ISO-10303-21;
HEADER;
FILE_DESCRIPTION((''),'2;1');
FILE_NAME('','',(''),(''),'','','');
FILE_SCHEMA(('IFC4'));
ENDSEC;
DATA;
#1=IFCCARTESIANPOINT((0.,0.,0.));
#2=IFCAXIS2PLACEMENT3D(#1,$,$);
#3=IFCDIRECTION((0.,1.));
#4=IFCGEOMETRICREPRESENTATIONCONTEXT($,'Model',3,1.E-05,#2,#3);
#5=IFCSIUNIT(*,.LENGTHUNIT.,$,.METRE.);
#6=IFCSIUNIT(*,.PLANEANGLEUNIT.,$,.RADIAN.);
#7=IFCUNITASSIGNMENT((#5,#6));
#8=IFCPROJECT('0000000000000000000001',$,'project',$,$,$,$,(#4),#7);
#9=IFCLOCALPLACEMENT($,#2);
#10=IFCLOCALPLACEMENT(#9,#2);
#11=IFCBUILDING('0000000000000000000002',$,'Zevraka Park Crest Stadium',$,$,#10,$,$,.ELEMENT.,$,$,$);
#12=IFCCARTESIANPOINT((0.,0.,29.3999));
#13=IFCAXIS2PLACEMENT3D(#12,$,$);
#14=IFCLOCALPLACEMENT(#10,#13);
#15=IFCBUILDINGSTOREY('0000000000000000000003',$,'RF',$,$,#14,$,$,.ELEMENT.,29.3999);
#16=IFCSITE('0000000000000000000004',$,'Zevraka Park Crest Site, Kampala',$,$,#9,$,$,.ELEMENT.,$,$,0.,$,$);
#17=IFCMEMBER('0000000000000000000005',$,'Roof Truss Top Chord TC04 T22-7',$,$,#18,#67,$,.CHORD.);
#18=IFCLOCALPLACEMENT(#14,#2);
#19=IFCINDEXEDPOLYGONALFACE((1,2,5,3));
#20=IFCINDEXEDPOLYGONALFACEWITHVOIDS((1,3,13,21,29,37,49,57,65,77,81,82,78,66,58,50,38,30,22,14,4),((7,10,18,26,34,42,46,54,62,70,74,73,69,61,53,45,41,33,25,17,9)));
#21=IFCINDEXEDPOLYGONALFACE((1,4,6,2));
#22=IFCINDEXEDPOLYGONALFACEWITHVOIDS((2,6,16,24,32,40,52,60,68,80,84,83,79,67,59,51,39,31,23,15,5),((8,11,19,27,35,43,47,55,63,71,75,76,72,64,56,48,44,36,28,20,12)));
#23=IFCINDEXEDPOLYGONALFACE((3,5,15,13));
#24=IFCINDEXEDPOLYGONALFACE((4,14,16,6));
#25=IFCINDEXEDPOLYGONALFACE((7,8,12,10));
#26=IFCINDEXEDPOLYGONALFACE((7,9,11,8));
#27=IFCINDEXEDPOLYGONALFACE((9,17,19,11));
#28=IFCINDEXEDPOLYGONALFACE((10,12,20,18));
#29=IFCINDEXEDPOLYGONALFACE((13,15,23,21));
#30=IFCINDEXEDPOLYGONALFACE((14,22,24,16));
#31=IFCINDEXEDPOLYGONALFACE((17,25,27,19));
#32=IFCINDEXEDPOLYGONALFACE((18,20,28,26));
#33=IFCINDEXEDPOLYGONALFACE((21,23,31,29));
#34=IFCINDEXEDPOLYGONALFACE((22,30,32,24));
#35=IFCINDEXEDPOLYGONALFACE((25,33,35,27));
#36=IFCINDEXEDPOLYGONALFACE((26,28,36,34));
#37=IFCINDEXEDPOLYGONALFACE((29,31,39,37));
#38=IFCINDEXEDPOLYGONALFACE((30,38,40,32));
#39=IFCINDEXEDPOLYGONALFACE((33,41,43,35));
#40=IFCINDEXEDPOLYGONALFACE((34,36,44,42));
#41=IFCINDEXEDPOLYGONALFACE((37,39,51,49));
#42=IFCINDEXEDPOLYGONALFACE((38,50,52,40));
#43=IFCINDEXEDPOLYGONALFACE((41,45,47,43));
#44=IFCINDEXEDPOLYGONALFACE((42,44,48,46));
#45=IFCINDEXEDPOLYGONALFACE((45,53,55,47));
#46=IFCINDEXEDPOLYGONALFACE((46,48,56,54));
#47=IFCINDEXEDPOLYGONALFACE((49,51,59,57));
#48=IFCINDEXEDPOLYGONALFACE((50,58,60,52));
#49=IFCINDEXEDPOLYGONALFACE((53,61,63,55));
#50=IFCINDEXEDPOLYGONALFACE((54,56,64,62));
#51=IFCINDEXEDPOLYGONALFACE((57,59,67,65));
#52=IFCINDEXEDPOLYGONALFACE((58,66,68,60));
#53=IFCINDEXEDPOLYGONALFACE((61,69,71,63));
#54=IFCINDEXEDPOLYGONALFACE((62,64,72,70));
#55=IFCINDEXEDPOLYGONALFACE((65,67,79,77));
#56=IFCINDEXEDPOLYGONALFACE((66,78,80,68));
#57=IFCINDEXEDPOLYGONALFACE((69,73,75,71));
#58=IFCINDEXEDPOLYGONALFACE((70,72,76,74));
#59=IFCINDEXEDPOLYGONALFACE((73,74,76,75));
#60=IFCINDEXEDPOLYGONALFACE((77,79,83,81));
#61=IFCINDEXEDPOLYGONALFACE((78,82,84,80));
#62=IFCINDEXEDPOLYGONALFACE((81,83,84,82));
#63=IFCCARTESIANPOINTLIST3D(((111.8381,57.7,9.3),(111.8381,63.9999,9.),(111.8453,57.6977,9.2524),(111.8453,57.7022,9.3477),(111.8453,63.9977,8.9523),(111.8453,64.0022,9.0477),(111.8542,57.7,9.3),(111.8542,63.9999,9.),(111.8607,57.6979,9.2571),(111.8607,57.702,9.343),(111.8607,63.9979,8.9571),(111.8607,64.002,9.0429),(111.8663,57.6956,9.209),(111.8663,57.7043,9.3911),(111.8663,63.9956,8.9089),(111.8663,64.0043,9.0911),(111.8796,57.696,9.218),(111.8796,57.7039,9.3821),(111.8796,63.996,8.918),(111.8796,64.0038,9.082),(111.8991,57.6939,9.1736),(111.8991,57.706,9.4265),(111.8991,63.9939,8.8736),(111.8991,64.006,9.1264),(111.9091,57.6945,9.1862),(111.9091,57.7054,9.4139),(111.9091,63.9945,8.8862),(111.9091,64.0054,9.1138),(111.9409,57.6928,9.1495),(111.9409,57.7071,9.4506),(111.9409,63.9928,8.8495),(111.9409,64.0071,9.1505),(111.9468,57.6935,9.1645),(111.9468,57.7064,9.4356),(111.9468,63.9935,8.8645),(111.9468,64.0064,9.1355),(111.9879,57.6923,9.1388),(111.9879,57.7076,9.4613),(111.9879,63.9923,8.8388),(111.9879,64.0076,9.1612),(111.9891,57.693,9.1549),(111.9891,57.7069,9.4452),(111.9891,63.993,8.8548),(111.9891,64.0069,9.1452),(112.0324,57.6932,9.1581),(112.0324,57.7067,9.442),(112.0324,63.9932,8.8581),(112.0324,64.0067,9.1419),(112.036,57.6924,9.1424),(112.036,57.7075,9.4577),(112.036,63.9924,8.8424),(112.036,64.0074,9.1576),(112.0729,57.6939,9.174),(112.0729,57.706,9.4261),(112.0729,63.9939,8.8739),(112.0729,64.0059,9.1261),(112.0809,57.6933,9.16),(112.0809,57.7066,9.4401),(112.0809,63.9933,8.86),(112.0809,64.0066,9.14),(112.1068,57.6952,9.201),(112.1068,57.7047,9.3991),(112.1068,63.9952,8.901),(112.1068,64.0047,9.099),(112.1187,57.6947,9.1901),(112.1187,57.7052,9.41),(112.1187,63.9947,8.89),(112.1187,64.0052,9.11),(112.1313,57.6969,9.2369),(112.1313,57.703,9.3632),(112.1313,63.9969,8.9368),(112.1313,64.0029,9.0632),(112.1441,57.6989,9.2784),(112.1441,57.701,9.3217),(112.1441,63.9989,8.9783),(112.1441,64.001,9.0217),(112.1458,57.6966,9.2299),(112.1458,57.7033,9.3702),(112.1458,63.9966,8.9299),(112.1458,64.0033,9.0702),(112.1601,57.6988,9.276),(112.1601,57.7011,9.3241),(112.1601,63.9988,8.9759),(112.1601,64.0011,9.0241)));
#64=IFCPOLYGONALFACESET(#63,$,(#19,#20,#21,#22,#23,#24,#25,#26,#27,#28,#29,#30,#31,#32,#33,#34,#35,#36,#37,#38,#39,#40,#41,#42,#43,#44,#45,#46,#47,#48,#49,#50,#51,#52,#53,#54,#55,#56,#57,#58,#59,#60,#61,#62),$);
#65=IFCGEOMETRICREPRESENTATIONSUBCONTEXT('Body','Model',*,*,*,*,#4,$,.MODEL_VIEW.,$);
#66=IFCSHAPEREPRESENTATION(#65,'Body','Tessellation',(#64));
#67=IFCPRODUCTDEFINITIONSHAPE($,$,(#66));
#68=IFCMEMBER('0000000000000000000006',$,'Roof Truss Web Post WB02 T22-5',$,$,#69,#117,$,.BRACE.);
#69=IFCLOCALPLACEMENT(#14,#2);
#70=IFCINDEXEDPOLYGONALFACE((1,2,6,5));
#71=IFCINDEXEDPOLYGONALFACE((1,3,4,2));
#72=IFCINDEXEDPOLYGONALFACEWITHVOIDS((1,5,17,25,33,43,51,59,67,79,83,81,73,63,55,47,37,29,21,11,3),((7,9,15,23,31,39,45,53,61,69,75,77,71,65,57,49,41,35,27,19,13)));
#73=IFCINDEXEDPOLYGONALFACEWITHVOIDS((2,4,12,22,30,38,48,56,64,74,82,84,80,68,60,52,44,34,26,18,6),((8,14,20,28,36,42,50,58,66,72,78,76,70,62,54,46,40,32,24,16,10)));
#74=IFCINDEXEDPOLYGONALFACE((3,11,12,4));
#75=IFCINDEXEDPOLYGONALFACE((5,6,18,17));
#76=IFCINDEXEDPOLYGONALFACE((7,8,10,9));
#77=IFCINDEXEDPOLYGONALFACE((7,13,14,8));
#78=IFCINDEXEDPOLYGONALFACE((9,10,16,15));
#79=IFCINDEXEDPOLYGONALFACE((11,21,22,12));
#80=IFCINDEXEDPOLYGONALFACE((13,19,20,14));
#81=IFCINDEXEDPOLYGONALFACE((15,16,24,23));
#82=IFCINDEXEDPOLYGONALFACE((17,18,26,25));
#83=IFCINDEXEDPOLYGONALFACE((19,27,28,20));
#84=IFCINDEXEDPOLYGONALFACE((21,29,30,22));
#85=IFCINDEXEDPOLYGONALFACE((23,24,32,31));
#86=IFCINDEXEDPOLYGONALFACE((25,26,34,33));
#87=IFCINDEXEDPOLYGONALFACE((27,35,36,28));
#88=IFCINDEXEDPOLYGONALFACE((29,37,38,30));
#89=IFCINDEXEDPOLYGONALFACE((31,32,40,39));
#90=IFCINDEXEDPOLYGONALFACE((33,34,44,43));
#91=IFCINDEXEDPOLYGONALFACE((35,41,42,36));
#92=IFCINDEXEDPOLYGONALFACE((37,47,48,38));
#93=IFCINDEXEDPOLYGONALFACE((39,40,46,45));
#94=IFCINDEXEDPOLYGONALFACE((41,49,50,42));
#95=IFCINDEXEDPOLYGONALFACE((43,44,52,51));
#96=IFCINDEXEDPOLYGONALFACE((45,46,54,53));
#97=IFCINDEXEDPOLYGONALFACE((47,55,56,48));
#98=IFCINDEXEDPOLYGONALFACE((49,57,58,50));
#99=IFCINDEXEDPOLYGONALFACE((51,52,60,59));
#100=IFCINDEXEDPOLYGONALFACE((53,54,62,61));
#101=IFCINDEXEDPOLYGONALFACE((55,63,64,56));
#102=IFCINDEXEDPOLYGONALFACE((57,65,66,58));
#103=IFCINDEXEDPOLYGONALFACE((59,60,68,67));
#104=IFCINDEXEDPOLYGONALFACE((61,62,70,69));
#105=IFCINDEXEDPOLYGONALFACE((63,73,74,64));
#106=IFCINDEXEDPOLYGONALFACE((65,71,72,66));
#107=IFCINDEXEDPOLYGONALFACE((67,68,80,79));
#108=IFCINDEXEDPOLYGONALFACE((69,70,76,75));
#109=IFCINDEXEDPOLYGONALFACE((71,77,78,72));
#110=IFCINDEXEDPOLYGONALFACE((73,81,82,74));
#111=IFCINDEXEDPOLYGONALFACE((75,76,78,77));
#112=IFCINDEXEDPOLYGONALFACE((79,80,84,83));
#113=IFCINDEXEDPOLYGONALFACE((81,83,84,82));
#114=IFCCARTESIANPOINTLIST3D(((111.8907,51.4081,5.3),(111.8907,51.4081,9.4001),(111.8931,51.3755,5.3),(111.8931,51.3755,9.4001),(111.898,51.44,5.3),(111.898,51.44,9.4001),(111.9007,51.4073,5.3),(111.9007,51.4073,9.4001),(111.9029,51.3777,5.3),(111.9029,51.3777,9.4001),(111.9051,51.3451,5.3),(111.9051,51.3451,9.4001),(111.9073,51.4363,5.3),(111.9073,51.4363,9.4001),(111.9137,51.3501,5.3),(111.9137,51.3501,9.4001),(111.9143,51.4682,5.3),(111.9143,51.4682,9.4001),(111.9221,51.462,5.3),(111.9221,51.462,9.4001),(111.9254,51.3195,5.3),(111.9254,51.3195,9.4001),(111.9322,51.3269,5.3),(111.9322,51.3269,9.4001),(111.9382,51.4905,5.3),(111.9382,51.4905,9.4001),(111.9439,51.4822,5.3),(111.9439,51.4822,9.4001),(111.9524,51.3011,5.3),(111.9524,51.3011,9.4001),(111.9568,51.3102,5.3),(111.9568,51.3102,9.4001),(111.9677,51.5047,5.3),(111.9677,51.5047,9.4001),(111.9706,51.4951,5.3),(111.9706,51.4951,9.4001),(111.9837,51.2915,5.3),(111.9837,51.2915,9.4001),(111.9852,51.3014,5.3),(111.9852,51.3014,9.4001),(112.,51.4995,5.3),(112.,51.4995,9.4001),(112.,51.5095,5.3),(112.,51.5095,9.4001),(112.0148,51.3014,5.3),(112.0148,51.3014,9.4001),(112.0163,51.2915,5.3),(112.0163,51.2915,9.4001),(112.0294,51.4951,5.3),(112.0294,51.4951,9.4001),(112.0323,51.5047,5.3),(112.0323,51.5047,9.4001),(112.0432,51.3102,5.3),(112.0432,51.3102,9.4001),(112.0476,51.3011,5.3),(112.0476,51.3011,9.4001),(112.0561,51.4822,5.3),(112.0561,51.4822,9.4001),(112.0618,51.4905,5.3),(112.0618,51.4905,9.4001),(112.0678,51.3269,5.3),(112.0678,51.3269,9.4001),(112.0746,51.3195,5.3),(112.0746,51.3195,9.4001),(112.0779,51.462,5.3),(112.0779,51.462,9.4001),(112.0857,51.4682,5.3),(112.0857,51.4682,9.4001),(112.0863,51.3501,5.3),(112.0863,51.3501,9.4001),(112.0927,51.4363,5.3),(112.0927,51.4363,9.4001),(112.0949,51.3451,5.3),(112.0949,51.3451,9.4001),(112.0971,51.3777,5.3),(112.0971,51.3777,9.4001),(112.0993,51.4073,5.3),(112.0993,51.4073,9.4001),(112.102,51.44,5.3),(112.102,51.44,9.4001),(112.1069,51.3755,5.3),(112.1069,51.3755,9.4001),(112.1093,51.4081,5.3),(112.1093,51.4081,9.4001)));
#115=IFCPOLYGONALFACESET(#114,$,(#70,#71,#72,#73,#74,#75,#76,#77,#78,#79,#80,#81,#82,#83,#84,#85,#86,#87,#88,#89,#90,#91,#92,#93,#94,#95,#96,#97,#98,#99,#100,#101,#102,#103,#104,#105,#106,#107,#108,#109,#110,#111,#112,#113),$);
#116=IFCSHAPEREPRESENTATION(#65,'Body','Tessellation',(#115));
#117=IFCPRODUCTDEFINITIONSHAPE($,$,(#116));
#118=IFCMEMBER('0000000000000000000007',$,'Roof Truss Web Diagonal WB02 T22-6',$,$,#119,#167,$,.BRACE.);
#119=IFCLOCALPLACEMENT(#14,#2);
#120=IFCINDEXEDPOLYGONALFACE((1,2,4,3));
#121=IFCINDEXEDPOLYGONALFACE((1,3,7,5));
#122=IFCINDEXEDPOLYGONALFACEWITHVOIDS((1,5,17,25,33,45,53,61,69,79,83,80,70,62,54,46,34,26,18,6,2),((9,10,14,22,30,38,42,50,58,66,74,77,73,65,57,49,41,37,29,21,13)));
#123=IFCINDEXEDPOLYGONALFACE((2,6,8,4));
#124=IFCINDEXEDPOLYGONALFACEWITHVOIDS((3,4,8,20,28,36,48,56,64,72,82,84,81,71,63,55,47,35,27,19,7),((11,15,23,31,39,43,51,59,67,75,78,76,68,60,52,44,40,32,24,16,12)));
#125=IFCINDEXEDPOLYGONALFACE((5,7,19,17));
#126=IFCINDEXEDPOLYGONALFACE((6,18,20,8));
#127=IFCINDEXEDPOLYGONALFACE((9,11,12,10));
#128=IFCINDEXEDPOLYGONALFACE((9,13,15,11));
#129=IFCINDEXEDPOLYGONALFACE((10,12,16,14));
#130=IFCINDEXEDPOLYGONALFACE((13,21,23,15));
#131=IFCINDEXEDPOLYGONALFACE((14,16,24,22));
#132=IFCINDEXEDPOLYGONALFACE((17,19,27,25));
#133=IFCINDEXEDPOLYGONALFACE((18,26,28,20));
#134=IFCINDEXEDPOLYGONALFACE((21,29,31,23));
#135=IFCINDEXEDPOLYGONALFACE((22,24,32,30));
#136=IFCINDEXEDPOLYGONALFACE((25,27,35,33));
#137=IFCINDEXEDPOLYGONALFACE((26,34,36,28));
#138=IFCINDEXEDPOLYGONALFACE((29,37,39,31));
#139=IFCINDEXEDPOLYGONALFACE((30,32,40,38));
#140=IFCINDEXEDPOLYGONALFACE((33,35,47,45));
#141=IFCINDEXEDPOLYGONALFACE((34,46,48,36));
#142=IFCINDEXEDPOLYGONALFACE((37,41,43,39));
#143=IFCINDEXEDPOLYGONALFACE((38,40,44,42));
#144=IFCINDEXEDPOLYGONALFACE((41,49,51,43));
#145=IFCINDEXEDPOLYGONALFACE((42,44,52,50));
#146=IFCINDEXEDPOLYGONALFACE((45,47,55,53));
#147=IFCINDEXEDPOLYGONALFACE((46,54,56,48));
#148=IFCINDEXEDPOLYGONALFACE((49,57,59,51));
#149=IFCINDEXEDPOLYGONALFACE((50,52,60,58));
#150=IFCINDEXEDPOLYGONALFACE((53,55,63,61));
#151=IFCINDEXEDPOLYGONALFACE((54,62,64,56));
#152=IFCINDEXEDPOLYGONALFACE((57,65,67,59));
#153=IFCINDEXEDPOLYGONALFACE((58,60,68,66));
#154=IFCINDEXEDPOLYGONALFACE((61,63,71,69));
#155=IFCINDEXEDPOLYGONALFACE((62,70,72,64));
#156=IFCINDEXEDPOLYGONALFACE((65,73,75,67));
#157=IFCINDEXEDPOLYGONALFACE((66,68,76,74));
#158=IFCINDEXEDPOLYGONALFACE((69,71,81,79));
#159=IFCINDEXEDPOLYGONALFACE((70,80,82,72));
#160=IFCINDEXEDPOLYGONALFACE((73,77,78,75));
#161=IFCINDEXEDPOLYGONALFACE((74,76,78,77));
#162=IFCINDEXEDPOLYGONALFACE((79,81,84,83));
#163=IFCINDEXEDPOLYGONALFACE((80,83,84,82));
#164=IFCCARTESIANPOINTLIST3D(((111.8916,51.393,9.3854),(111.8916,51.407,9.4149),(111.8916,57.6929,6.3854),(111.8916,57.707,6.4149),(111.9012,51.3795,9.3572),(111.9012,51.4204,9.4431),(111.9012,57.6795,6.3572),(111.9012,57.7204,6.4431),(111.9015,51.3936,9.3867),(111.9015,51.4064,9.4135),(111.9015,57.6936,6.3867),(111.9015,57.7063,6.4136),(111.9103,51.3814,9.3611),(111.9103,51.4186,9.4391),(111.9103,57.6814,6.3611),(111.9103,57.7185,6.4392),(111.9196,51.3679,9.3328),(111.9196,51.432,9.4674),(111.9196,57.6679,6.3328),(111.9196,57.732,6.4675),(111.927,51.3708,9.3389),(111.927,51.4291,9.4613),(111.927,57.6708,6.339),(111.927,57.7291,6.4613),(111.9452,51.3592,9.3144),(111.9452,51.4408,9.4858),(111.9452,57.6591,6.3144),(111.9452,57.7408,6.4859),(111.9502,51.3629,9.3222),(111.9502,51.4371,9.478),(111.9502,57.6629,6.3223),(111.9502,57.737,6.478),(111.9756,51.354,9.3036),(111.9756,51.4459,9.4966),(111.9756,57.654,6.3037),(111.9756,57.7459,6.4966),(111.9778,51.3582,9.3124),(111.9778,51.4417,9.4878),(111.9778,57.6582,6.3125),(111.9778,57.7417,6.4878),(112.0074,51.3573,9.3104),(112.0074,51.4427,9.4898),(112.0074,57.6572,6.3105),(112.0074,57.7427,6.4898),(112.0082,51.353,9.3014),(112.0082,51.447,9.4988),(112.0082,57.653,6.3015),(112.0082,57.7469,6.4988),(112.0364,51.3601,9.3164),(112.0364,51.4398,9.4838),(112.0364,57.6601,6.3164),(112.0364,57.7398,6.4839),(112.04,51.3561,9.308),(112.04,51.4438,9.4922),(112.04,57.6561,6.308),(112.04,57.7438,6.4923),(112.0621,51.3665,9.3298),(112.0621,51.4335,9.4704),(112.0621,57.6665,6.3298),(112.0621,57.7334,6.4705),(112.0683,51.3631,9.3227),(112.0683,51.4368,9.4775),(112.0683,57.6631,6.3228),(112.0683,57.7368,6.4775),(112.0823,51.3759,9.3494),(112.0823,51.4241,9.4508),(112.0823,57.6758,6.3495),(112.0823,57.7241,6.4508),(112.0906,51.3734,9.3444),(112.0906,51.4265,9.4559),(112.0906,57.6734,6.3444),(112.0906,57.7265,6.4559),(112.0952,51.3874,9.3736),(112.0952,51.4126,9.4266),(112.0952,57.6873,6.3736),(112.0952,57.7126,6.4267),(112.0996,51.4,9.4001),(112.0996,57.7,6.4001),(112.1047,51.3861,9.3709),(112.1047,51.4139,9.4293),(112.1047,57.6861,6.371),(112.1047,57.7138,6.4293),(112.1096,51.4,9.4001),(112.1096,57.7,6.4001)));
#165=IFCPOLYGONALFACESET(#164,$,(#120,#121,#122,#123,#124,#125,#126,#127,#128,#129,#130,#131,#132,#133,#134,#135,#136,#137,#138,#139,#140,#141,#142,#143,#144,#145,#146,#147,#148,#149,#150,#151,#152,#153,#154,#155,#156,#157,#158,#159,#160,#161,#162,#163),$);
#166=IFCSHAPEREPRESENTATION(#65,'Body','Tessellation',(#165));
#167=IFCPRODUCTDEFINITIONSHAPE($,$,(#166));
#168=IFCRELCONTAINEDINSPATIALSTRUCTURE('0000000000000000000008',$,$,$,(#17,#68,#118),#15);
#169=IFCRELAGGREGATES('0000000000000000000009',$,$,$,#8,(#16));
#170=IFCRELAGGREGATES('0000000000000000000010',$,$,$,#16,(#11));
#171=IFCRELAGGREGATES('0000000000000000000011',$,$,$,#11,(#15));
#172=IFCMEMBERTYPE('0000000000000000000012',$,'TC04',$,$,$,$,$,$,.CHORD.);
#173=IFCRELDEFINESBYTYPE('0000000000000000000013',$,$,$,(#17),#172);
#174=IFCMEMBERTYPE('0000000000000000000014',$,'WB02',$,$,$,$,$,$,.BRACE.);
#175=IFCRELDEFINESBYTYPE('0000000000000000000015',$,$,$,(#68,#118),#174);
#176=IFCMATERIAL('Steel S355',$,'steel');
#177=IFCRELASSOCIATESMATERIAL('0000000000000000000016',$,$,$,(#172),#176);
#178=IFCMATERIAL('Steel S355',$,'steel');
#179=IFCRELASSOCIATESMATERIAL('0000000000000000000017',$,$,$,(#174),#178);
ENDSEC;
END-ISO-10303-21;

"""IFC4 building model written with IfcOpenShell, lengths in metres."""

from ifc_helpers import new_model, si_unit, direction, frame, origin, origin_2d, place, context, subcontext, project, spatial, hollow_circle, extrude, material, material_profile, profile_set, type_object, element, save


model = new_model("IFC4")

# Units and contexts
model_context = context("Model", 3, precision=1e-05, world=origin(), true_north=direction((0.0, 1.0)))
body_context = subcontext(model_context, "Body", "Model", "MODEL_VIEW")
ifc_project = project(units=[si_unit("LENGTHUNIT", "METRE"), si_unit("PLANEANGLEUNIT", "RADIAN")], contexts=[model_context])

# Site, building, storey
site_placement = place(None, origin())
site = spatial("IfcSite", under=ifc_project, at=site_placement, Name="Zevraka Park Crest Site, Kampala", CompositionType="ELEMENT", RefElevation=0.0)
building_placement = place(site_placement, origin())
building = spatial("IfcBuilding", under=site, at=building_placement, Name="Zevraka Park Crest Stadium", CompositionType="ELEMENT")
storey_placement = place(building_placement, frame((0.0, 0.0, 29.3999)))
storey = spatial("IfcBuildingStorey", under=building, at=storey_placement, Name="RF", CompositionType="ELEMENT", Elevation=29.3999)

# Members
ifc_material_1 = material(Name="Steel S355", Category="steel")
ifc_material_profile_1 = material_profile(ifc_material_1, hollow_circle(Radius=0.1619, WallThickness=0.0161, at=origin_2d()), Name="CHS 323.9x16")
ifc_profile_set_1 = profile_set([ifc_material_profile_1], Name="Steel S355")
member_type_1 = type_object("IfcMemberType", Name="TC04", PredefinedType="CHORD", material=ifc_profile_set_1)
member_1_placement = place(storey_placement, frame((112.0, 57.7, 9.3), z_axis=(0.0, 0.998868, -0.047573), x_axis=(-1.0, 0.0, 0.0)))
element("IfcMember", 1, at=member_1_placement, inside=storey, type_object=member_type_1, Name="Roof Truss Top Chord TC04 T22-7", PredefinedType="CHORD", context=body_context, shape_type="SweptSolid", body=[
    extrude(hollow_circle(Radius=0.1619, WallThickness=0.0161, at=origin_2d()), origin(), (0.0, 0.0, 1.0), 6.3071),
])
ifc_material_2 = material(Name="Steel S355", Category="steel")
ifc_material_profile_2 = material_profile(ifc_material_2, hollow_circle(Radius=0.1096, WallThickness=0.01, at=origin_2d()), Name="CHS 219.1x10")
ifc_profile_set_2 = profile_set([ifc_material_profile_2], Name="Steel S355")
member_type_2 = type_object("IfcMemberType", Name="WB02", PredefinedType="BRACE", material=ifc_profile_set_2)
member_2_placement = place(storey_placement, frame((112.0, 51.3999, 5.3), z_axis=(0.0, 0.0, 1.0), x_axis=(0.0, 1.0, 0.0)))
element("IfcMember", 2, at=member_2_placement, inside=storey, type_object=member_type_2, Name="Roof Truss Web Post WB02 T22-5", PredefinedType="BRACE", context=body_context, shape_type="SweptSolid", body=[
    extrude(hollow_circle(Radius=0.1096, WallThickness=0.01, at=origin_2d()), origin(), (0.0, 0.0, 1.0), 4.1001),
])
for number, where, z_axis, x_axis, name in (
    (3, (112.0, 57.7, 6.4001), (0.0, -0.902862, 0.429931), (1.0, 0.0, 0.0), "Roof Truss Web Diagonal WB02 T22-6"),
):
    element("IfcMember", number, at=place(storey_placement, frame(where, z_axis=z_axis, x_axis=x_axis)), inside=storey, type_object=member_type_2, Name=name, PredefinedType="BRACE", context=body_context, shape_type="SweptSolid", body=[
        extrude(hollow_circle(Radius=0.1096, WallThickness=0.01, at=origin_2d()), origin(), (0.0, 0.0, 1.0), 6.9778),
    ])

save(model, "model.ifc")
